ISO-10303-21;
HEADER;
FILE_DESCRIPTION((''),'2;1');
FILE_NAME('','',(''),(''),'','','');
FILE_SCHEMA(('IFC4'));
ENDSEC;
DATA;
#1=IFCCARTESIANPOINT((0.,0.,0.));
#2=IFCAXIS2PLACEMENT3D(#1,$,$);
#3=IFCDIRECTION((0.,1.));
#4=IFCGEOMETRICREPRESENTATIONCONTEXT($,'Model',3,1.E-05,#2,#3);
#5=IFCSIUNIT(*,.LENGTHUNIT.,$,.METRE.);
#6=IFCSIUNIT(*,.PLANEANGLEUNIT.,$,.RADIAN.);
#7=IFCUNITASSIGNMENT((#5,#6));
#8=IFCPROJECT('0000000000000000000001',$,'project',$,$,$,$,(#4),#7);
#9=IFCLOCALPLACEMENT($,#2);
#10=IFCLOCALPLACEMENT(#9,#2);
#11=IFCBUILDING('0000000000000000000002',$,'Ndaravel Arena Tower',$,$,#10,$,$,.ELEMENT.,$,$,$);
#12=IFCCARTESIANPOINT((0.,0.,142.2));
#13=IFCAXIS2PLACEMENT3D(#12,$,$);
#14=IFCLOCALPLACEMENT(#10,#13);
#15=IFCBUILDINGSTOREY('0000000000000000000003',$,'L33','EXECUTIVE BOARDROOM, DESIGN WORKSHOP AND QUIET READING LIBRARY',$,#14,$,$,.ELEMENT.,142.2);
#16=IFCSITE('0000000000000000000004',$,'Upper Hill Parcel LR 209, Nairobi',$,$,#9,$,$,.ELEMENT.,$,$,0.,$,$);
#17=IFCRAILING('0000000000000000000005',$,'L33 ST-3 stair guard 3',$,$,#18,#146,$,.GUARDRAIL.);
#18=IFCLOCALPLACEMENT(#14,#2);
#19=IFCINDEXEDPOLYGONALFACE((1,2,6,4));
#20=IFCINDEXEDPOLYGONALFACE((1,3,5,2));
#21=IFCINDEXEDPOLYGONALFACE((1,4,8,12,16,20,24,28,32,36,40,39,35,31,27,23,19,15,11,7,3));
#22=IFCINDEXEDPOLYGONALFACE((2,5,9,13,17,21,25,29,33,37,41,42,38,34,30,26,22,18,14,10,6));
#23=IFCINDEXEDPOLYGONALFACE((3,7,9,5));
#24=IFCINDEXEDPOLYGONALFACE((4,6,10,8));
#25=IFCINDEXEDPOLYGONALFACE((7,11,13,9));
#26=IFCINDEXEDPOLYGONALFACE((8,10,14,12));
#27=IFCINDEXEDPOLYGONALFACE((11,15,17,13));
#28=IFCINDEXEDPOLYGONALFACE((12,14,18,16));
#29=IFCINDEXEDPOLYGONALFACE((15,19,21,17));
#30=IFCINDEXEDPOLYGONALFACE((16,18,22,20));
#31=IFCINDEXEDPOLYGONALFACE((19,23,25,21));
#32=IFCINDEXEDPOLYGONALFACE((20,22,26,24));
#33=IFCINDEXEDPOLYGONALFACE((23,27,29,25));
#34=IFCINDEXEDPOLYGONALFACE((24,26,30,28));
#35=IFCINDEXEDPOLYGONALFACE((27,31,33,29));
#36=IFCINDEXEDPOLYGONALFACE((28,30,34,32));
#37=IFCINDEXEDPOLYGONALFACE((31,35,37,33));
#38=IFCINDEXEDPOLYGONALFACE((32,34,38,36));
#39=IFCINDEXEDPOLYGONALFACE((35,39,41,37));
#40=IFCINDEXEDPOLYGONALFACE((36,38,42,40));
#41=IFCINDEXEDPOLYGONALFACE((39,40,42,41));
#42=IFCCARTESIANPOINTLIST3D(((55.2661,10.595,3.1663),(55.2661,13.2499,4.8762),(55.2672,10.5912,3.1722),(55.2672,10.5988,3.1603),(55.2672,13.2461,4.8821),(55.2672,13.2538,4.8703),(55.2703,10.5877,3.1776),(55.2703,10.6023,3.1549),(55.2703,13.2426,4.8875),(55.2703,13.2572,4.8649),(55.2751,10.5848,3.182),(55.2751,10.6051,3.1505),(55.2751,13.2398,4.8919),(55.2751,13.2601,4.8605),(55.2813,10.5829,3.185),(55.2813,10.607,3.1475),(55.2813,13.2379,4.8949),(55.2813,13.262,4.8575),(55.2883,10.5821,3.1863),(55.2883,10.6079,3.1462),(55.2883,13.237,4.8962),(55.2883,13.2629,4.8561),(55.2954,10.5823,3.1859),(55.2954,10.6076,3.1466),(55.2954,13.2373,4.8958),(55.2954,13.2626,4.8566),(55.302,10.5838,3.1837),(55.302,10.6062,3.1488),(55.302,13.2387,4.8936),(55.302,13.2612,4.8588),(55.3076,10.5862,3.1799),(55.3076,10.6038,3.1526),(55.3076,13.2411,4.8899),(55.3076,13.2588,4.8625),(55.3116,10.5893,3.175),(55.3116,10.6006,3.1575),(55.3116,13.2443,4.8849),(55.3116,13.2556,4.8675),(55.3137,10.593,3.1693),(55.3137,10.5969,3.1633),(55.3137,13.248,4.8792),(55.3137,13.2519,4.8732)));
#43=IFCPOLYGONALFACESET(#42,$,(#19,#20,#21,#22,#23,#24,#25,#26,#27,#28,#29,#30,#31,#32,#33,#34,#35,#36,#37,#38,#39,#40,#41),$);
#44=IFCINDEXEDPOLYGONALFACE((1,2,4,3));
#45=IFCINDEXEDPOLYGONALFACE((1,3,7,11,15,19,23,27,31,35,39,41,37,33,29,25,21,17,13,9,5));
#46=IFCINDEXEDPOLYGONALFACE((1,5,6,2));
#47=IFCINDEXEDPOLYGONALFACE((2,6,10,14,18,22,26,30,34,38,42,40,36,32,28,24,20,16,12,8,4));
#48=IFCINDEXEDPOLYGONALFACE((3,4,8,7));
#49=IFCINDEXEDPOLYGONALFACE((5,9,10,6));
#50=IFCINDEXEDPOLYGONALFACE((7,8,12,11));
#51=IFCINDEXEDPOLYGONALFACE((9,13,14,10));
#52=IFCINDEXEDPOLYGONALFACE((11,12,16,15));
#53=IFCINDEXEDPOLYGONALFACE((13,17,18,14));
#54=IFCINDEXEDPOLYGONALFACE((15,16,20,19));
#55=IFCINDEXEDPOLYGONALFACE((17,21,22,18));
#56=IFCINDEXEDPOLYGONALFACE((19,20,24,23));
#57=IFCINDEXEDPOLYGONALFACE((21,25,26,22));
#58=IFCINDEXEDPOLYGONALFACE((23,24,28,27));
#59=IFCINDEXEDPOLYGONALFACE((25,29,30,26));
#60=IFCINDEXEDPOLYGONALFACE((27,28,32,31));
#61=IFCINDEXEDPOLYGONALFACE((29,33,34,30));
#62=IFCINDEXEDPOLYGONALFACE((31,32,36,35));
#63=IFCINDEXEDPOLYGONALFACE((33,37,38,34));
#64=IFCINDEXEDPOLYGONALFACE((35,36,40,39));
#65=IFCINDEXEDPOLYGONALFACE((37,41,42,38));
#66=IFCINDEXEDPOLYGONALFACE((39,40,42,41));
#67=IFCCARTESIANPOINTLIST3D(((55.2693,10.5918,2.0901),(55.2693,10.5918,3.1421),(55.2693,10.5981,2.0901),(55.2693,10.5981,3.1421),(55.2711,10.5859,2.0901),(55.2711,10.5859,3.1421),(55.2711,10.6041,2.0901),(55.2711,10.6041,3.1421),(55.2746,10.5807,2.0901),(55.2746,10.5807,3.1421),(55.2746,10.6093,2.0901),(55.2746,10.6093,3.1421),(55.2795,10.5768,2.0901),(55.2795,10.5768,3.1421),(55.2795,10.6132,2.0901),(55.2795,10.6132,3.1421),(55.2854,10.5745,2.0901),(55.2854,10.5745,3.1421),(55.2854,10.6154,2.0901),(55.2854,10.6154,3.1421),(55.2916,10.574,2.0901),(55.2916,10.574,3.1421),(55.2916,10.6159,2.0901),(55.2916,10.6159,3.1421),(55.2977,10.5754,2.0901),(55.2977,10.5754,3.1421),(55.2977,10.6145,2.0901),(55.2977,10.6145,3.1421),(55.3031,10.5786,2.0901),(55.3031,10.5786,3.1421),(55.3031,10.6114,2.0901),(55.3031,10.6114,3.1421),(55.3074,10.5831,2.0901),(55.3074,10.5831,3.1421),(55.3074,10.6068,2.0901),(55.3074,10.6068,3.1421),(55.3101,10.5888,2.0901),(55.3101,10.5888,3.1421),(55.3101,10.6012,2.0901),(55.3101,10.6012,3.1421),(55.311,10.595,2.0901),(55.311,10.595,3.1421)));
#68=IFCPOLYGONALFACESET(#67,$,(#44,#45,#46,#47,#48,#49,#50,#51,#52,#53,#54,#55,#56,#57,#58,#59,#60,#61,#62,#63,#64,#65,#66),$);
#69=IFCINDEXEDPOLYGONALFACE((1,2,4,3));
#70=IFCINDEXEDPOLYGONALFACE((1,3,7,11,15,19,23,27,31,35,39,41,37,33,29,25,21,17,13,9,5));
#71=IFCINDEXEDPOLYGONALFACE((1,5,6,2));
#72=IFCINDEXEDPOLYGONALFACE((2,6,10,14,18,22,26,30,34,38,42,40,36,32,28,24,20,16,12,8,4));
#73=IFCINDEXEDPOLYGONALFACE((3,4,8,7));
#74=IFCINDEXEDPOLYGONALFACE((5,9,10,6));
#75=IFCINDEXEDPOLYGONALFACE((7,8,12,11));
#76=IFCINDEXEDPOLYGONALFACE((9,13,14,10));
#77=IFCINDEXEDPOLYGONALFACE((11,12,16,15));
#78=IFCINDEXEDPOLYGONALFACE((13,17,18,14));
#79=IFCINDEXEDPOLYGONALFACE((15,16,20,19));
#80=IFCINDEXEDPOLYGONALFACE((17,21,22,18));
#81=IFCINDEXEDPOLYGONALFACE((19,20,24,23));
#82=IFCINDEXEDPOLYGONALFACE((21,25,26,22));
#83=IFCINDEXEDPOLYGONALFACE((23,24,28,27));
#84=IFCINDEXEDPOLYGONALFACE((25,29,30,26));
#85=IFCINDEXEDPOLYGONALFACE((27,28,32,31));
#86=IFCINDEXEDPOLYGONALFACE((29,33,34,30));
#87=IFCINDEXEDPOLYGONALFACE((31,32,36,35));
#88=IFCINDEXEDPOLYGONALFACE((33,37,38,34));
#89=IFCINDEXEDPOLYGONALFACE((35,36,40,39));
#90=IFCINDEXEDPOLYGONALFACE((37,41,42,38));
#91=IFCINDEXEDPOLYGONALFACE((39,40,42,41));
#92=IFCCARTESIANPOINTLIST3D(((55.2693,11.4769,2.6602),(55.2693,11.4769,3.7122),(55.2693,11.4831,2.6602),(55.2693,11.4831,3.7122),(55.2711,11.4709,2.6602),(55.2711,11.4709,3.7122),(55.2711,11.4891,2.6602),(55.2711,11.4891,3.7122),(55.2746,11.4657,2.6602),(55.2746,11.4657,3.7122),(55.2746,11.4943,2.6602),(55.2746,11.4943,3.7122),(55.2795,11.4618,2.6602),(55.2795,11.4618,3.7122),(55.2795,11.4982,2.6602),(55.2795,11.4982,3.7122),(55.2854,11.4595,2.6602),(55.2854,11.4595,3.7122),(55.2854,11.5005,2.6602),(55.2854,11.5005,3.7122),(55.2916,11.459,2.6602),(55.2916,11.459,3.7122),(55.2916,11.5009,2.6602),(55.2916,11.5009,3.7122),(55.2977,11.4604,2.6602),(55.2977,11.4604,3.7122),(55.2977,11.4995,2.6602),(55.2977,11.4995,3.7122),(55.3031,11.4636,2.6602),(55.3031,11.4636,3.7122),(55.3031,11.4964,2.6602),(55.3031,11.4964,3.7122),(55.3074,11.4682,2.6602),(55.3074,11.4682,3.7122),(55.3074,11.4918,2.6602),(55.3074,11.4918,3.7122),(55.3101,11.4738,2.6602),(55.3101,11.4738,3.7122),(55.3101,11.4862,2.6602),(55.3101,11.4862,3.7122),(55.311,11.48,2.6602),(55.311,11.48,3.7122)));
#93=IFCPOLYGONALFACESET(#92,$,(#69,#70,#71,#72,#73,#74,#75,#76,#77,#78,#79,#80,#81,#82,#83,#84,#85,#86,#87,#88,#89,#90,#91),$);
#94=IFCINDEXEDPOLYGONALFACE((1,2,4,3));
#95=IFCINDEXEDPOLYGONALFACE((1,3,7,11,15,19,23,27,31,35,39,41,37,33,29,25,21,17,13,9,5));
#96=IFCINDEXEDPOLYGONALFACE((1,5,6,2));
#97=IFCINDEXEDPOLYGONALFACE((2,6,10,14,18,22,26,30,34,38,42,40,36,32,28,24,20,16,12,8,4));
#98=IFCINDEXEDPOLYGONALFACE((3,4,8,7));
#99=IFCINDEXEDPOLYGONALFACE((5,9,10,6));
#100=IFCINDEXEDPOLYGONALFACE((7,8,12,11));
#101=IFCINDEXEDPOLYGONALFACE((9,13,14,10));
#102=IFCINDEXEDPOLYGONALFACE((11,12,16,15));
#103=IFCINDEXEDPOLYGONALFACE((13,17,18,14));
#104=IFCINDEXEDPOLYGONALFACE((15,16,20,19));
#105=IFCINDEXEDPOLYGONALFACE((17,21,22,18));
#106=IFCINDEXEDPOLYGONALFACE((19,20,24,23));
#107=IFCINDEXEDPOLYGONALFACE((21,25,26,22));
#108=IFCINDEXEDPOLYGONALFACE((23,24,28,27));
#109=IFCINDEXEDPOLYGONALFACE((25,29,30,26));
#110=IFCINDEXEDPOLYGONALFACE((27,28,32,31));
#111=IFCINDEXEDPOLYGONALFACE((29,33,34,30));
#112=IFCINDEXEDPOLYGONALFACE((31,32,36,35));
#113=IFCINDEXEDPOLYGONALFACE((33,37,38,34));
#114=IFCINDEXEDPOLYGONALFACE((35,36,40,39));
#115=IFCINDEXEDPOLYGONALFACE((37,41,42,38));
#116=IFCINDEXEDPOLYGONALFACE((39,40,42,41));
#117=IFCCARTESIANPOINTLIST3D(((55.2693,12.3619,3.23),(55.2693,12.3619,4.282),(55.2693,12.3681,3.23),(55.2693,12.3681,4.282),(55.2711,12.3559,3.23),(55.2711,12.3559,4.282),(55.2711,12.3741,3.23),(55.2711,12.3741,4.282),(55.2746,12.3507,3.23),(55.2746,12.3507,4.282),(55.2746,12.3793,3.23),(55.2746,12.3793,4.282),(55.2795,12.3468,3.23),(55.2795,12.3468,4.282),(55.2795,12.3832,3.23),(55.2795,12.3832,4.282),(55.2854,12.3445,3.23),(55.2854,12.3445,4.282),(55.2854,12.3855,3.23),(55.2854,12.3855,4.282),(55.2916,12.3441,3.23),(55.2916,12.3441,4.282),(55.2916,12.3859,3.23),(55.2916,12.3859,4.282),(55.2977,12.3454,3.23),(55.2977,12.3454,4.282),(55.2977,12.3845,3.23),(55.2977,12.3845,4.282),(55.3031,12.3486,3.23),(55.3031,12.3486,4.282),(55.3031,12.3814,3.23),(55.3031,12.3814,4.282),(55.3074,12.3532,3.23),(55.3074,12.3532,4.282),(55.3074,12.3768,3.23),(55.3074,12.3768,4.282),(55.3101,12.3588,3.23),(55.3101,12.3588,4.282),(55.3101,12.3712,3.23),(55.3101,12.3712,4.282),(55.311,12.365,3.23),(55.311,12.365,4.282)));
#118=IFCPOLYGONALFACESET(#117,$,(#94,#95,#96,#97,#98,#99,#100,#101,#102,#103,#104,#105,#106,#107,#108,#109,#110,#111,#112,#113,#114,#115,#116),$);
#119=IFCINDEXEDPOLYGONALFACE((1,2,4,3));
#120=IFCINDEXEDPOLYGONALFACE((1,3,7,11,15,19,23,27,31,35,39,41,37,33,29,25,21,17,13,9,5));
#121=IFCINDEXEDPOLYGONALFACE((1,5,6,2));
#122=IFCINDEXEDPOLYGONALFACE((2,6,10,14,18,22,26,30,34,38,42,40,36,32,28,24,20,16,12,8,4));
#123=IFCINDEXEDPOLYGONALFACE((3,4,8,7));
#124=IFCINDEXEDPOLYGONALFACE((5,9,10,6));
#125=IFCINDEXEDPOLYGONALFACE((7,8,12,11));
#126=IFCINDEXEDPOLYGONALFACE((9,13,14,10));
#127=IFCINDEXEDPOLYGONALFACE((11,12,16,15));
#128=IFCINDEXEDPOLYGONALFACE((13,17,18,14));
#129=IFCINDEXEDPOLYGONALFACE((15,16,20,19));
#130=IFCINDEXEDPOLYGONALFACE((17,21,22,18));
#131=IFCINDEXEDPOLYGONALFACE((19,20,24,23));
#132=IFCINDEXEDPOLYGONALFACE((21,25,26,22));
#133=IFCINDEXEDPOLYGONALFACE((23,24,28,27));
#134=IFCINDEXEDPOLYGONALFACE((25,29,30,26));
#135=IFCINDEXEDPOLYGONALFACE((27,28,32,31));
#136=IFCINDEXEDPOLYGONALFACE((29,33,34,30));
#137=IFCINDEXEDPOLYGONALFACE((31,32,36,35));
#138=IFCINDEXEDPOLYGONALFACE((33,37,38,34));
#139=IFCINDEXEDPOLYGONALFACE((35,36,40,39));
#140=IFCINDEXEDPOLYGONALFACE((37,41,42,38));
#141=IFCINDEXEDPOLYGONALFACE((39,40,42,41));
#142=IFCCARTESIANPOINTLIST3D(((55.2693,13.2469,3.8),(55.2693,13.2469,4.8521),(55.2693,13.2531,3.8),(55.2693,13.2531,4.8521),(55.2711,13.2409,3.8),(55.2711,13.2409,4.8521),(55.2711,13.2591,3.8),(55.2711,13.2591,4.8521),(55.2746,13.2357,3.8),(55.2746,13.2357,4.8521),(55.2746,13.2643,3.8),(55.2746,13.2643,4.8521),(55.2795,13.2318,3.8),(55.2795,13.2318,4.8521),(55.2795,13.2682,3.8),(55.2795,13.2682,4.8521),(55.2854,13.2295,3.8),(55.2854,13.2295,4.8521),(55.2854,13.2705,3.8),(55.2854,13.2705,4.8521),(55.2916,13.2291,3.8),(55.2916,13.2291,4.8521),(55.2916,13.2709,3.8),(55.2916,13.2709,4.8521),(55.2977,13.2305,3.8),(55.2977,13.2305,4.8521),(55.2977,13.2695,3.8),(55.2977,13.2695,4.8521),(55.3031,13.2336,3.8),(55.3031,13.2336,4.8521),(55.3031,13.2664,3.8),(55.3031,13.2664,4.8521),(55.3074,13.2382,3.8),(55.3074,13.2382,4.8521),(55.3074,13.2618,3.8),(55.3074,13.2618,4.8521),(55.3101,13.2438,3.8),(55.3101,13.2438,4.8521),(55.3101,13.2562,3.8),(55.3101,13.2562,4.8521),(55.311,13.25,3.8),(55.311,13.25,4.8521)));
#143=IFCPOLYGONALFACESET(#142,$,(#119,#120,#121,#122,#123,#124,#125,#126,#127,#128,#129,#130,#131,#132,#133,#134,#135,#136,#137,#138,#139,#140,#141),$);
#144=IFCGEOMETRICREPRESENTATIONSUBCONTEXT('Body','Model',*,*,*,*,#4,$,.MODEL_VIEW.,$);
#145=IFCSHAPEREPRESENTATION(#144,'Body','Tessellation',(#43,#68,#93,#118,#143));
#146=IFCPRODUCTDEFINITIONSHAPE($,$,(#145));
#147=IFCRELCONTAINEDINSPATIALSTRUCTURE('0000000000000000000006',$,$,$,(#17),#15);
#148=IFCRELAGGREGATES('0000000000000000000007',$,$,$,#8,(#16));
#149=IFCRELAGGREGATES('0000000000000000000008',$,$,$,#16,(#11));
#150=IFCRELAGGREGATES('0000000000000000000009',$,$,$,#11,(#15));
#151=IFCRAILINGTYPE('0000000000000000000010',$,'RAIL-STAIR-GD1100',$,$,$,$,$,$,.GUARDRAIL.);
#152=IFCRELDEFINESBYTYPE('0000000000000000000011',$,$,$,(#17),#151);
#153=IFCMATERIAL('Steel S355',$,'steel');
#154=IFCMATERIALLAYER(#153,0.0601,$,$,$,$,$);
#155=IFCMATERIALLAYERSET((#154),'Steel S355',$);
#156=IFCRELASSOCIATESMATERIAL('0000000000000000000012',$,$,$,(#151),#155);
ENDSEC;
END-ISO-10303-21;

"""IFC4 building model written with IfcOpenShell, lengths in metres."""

from ifc_helpers import new_model, si_unit, direction, frame, origin, origin_2d, place, context, subcontext, project, spatial, circle, extrude, material, layer, layer_set, type_object, element, save


model = new_model("IFC4")

# Units and contexts
model_context = context("Model", 3, precision=1e-05, world=origin(), true_north=direction((0.0, 1.0)))
body_context = subcontext(model_context, "Body", "Model", "MODEL_VIEW")
ifc_project = project(units=[si_unit("LENGTHUNIT", "METRE"), si_unit("PLANEANGLEUNIT", "RADIAN")], contexts=[model_context])

# Site, building, storey
site_placement = place(None, origin())
site = spatial("IfcSite", under=ifc_project, at=site_placement, Name="Upper Hill Parcel LR 209, Nairobi", CompositionType="ELEMENT", RefElevation=0.0)
building_placement = place(site_placement, origin())
building = spatial("IfcBuilding", under=site, at=building_placement, Name="Ndaravel Arena Tower", CompositionType="ELEMENT")
storey_placement = place(building_placement, frame((0.0, 0.0, 142.2)))
storey = spatial("IfcBuildingStorey", under=building, at=storey_placement, Name="L33", Description="EXECUTIVE BOARDROOM, DESIGN WORKSHOP AND QUIET READING LIBRARY", CompositionType="ELEMENT", Elevation=142.2)

# Railing
ifc_material_1 = material(Name="Steel S355", Category="steel")
ifc_layer_1 = layer(ifc_material_1, 0.0601)
ifc_layer_set_1 = layer_set([ifc_layer_1], Name="Steel S355")
railing_type_1 = type_object("IfcRailingType", Name="RAIL-STAIR-GD1100", PredefinedType="GUARDRAIL", material=ifc_layer_set_1)
railing_1_placement = place(storey_placement, frame((55.29, 10.595, 2.0901)))
element("IfcRailing", 1, at=railing_1_placement, inside=storey, type_object=railing_type_1, Name="L33 ST-3 stair guard 3", PredefinedType="GUARDRAIL", context=body_context, shape_type="SweptSolid", body=[
    extrude(circle(Radius=0.0239, at=origin_2d()), frame((0.0, 0.0, 1.0762), z_axis=(0.0, 0.840724, 0.541465), x_axis=(-1.0, 0.0, 0.0)), (0.0, 0.0, 1.0), 3.158),
    extrude(circle(Radius=0.021, at=origin_2d()), origin(), (0.0, 0.0, 1.0), 1.052),
    extrude(circle(Radius=0.021, at=origin_2d()), frame((0.0, 0.885, 0.5701)), (0.0, 0.0, 1.0), 1.052),
    extrude(circle(Radius=0.021, at=origin_2d()), frame((0.0, 1.77, 1.1399)), (0.0, 0.0, 1.0), 1.052),
    extrude(circle(Radius=0.021, at=origin_2d()), frame((0.0, 2.655, 1.71)), (0.0, 0.0, 1.0), 1.052),
])

save(model, "model.ifc")
